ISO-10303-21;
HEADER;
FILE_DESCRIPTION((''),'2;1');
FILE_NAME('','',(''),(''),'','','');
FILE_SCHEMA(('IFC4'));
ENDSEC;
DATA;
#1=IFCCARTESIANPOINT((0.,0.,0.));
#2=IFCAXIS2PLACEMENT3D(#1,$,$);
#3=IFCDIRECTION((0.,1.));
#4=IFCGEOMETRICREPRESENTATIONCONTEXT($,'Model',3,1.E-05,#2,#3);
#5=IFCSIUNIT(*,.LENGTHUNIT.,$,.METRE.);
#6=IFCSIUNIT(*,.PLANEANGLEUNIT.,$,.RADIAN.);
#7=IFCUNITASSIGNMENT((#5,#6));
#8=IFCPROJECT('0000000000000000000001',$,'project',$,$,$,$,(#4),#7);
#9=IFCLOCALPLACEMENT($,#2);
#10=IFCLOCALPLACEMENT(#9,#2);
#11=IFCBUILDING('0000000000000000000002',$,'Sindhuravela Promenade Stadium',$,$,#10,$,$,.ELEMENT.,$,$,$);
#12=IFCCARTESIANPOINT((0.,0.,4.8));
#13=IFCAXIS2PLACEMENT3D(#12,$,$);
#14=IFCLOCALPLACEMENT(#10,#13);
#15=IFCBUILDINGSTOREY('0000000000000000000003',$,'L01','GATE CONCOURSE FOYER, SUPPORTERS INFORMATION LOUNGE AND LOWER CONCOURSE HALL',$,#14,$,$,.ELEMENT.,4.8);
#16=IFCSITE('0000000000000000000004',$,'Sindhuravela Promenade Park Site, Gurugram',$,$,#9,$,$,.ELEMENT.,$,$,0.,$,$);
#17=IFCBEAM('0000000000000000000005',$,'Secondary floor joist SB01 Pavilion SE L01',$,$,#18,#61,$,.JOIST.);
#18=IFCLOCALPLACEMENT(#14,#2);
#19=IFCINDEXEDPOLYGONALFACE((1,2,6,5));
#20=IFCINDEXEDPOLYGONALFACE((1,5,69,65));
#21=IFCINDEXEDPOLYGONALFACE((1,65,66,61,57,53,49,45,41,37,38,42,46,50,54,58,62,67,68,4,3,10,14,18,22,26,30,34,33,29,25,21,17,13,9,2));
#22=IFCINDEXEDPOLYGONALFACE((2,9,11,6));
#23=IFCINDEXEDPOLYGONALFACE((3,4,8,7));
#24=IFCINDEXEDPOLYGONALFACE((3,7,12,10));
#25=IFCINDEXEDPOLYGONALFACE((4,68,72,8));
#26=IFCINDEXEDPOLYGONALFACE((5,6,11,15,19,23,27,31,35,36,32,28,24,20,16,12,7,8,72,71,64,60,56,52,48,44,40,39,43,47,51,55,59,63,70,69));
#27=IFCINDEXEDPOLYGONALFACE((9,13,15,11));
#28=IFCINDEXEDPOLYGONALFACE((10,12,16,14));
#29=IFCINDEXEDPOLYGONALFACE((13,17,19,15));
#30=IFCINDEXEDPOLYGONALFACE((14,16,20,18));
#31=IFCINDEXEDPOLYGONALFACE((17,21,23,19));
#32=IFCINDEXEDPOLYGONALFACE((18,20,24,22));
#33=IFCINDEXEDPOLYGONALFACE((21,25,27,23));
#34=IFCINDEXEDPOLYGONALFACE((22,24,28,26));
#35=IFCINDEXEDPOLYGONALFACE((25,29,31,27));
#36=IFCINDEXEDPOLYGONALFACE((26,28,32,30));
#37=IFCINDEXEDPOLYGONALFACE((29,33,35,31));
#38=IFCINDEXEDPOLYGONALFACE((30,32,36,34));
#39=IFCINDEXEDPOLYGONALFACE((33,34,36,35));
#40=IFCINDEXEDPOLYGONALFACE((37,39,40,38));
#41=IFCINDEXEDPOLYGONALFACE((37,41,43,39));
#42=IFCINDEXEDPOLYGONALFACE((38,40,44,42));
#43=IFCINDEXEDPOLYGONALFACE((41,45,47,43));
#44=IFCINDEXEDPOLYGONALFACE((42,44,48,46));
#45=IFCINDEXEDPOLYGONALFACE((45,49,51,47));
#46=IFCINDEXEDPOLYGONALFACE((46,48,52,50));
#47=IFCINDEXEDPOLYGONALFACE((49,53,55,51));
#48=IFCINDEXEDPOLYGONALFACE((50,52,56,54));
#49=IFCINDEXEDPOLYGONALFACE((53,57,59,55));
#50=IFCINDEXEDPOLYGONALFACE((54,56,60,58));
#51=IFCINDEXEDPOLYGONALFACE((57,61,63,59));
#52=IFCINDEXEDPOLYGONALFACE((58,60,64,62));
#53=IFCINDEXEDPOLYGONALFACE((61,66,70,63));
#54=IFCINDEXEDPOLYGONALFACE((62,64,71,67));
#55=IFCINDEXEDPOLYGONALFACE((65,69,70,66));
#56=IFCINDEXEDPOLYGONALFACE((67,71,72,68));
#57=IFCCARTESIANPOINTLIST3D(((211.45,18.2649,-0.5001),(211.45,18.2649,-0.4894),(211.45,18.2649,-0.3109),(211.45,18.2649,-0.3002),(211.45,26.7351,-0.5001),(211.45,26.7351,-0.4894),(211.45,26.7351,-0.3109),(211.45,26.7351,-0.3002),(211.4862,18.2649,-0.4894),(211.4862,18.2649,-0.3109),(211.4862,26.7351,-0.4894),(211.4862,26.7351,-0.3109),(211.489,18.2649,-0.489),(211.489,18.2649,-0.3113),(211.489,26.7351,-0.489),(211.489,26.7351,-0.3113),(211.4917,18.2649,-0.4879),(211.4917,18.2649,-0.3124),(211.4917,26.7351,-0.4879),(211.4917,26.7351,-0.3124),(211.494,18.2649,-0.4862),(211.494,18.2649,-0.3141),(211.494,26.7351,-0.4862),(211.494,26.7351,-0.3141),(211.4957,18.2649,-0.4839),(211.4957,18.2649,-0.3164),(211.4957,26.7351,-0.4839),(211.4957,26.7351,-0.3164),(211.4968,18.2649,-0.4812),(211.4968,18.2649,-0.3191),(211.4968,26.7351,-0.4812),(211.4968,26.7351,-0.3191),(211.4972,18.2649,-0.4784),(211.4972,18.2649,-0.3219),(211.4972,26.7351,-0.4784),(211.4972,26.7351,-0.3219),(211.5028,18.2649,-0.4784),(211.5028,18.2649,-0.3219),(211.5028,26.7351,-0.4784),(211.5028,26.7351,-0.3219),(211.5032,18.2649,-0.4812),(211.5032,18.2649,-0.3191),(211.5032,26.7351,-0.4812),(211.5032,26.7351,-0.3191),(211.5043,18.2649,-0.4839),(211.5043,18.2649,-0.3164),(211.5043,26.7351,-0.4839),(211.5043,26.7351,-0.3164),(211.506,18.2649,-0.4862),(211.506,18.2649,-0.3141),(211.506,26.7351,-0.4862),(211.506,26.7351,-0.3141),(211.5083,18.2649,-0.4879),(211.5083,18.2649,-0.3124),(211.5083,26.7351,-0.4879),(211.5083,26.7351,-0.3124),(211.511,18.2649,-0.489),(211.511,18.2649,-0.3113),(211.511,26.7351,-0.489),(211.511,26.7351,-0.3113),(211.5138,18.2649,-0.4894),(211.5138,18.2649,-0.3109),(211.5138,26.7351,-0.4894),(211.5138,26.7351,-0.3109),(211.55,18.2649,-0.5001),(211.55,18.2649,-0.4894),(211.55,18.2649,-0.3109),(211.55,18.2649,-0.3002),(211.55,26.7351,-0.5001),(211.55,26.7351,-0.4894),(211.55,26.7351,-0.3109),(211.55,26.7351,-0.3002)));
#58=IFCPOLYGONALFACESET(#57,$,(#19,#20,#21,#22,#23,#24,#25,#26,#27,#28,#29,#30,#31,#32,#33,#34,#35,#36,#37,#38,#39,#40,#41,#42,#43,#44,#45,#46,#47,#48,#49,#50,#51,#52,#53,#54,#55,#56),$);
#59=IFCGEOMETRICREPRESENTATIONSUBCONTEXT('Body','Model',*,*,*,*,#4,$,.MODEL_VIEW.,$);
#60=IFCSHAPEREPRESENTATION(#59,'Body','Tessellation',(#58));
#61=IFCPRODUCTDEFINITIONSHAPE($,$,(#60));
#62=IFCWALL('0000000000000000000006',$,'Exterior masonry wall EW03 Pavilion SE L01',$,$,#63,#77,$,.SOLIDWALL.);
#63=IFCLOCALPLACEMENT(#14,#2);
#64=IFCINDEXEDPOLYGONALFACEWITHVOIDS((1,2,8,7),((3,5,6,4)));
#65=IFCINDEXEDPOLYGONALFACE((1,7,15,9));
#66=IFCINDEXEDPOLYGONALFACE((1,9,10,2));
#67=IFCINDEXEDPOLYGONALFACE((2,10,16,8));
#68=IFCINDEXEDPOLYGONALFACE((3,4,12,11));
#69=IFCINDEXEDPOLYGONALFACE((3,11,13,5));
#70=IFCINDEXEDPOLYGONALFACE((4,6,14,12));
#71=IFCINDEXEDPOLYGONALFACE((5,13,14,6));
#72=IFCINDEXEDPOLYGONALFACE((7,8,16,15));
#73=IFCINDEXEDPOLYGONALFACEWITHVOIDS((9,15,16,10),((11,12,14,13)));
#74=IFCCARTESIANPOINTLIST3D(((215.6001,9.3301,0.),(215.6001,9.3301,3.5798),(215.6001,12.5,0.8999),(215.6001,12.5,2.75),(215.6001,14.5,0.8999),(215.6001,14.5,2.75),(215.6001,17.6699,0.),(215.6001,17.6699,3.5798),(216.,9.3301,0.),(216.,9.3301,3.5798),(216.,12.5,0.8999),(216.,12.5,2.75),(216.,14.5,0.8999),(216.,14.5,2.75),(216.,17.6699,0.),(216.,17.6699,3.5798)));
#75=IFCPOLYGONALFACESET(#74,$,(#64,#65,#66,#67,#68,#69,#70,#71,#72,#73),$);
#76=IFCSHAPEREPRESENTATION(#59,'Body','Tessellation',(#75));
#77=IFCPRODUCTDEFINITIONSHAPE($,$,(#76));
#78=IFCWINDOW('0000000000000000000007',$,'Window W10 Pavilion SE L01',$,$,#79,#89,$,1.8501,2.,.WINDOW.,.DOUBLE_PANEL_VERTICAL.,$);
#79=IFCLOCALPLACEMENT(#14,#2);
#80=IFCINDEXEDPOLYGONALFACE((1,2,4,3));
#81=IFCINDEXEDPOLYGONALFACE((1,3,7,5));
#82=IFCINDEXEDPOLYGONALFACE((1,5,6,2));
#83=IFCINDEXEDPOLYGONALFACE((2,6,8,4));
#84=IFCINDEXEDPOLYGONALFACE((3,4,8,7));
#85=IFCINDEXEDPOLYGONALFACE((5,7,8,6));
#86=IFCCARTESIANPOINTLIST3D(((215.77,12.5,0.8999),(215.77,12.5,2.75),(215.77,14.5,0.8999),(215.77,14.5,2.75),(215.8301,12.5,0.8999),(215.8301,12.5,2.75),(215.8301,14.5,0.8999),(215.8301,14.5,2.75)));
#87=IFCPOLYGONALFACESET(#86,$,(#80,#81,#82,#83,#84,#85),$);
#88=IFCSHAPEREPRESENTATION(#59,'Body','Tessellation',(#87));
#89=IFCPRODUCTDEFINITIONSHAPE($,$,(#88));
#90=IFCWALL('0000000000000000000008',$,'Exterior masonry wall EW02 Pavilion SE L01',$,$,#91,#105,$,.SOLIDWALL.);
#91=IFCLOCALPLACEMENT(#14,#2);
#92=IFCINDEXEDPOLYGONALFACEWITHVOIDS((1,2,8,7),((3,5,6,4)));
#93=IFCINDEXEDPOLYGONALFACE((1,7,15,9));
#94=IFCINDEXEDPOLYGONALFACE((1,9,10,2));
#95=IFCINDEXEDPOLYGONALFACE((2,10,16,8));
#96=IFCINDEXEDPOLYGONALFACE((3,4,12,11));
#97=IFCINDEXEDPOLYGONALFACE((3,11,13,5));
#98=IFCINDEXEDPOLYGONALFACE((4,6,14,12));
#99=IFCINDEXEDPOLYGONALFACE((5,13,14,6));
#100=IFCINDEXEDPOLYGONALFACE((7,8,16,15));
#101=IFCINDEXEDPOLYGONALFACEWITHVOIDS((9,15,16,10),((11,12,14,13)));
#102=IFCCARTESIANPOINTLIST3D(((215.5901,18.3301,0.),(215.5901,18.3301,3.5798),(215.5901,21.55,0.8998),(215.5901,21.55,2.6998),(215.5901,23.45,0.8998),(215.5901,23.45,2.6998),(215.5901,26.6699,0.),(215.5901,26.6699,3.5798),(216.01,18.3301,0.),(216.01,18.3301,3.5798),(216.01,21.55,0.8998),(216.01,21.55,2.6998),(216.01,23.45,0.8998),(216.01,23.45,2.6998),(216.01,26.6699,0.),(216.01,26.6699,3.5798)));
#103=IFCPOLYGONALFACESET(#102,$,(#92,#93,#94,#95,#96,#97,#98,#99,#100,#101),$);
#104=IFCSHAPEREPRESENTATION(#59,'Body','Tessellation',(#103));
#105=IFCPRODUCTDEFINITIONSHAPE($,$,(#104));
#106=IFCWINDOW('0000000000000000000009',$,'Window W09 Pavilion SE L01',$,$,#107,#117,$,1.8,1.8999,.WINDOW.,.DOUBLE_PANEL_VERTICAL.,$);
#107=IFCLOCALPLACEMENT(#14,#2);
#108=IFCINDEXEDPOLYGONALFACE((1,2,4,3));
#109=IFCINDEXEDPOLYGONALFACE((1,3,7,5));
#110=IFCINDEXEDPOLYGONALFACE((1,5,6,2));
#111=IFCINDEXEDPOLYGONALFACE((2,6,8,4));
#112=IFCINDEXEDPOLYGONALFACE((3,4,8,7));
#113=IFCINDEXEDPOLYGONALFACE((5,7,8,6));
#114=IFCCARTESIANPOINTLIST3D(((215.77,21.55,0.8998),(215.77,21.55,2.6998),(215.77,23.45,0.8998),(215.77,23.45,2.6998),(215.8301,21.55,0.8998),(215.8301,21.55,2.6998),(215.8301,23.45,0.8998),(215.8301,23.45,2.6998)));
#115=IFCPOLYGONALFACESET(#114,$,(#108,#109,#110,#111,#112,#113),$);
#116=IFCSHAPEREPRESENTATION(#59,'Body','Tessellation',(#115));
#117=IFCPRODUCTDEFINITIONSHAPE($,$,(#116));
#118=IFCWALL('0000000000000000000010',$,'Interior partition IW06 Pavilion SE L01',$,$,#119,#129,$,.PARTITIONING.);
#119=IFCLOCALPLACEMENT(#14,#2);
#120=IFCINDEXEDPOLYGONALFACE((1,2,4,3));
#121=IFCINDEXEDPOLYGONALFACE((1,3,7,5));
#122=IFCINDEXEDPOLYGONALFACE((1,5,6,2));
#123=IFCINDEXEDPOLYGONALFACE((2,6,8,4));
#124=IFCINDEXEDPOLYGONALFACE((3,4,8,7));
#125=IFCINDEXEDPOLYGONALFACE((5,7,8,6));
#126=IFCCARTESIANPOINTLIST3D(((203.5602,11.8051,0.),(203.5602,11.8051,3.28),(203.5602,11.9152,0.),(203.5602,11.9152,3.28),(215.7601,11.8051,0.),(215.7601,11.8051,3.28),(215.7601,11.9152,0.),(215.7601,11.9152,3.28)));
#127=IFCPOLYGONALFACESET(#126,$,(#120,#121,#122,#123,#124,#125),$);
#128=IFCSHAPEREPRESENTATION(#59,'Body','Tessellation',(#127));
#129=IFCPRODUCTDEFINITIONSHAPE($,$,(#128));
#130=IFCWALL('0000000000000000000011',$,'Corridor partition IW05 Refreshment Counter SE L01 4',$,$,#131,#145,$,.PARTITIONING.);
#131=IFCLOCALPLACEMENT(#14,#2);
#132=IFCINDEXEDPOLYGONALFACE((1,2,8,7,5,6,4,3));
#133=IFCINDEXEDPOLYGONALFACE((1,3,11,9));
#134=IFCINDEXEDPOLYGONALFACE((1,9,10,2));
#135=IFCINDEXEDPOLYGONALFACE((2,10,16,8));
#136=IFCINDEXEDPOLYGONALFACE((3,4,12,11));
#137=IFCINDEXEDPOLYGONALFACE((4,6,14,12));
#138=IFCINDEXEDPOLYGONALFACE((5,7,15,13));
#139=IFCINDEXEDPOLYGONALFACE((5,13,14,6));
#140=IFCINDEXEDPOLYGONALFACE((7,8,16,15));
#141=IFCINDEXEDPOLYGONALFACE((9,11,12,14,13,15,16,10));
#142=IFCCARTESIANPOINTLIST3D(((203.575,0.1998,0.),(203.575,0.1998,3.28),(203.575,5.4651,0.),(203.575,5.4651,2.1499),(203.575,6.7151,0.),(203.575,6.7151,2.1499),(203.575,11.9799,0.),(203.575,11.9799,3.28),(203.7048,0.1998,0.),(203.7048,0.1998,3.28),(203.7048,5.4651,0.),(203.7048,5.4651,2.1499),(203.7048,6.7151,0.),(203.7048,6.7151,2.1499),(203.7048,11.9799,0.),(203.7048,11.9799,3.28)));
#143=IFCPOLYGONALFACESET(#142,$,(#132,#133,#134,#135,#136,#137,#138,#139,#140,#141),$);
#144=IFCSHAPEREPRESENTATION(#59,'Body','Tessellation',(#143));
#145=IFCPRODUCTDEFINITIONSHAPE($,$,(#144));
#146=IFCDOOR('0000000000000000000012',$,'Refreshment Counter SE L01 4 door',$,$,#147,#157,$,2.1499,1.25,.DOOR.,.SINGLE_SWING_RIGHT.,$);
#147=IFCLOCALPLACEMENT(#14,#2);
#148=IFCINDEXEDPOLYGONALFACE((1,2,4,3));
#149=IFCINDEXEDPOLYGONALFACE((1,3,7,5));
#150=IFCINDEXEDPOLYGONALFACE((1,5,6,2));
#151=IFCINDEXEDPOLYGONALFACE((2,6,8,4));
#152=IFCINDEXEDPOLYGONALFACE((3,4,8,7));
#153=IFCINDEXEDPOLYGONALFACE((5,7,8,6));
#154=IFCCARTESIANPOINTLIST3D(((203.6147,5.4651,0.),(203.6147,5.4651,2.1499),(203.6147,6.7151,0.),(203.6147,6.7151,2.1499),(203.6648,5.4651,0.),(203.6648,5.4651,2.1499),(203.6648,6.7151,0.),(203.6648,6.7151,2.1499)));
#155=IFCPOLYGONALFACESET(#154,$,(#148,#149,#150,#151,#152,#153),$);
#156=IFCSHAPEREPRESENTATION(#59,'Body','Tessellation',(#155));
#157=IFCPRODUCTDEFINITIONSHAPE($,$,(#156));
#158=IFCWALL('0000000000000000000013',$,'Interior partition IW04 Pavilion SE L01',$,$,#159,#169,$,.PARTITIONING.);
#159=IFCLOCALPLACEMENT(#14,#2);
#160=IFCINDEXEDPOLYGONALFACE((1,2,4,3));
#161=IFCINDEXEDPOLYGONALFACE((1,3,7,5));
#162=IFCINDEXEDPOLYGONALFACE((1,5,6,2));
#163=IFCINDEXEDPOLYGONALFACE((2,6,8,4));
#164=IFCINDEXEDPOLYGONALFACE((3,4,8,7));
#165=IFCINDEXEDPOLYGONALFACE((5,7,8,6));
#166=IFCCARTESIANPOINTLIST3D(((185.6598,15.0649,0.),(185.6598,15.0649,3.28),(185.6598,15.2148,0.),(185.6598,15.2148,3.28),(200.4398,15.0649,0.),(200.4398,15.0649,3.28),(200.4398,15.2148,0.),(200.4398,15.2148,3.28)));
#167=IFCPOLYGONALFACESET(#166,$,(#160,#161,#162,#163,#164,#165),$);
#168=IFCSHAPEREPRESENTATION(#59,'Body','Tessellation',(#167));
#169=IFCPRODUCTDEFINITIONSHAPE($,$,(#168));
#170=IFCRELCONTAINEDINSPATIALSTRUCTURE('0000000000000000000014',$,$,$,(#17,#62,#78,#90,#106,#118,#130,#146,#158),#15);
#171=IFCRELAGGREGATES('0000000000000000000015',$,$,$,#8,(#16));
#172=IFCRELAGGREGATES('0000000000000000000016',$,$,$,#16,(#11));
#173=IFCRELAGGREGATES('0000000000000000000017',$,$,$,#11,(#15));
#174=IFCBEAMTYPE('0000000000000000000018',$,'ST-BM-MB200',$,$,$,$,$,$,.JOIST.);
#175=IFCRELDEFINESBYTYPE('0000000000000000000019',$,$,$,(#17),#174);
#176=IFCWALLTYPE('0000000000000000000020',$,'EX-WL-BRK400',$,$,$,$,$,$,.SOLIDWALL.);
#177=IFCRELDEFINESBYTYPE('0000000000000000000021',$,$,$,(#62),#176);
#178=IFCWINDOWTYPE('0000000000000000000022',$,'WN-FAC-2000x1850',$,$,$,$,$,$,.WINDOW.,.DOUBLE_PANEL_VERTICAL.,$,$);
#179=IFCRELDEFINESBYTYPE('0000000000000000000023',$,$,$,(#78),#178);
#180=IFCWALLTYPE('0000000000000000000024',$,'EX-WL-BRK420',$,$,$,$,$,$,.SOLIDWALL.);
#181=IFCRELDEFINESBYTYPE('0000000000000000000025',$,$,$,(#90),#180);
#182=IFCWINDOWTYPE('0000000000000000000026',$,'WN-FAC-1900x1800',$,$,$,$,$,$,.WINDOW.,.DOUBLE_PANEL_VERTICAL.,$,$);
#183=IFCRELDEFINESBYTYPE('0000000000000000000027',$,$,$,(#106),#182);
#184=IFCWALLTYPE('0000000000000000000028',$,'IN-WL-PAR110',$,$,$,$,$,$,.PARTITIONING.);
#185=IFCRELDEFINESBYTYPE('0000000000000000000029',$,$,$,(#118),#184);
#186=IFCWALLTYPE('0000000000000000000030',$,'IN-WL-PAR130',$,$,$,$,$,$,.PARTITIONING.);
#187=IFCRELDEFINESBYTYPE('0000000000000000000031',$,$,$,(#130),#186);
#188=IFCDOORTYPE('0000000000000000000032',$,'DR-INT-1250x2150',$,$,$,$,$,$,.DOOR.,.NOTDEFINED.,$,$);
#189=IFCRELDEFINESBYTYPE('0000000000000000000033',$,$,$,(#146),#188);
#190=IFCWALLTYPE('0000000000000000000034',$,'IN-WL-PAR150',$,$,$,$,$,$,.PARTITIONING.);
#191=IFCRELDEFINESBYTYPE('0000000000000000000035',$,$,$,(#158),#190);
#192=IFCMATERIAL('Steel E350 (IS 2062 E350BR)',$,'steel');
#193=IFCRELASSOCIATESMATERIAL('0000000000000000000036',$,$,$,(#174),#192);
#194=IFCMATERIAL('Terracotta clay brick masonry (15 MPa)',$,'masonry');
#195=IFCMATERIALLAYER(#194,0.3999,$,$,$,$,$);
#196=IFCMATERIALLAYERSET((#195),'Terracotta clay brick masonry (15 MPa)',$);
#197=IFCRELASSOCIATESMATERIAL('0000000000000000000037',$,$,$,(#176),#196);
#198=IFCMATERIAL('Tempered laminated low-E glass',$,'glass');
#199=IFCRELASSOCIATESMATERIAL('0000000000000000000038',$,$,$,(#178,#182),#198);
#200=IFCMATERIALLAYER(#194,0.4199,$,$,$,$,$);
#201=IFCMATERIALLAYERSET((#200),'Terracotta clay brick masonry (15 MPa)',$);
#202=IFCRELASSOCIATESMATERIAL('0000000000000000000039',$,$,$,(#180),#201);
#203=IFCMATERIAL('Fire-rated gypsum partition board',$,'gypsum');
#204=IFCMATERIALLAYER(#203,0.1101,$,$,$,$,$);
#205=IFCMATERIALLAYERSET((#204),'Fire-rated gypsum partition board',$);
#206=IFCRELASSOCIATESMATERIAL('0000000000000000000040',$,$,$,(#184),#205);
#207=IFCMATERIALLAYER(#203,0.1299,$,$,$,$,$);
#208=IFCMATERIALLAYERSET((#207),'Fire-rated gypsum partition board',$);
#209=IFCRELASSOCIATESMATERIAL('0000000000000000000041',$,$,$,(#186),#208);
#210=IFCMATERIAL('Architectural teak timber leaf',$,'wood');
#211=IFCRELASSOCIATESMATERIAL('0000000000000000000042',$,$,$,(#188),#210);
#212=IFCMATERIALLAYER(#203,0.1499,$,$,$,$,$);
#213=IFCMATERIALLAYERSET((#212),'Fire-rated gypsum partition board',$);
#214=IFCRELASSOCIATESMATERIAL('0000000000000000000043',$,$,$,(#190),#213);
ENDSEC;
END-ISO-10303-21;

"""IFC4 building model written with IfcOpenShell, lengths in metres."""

from ifc_helpers import new_model, si_unit, direction, frame, frame_2d, origin, origin_2d, place, context, subcontext, project, spatial, rectangle, i_section, extrude, material, layer, layer_set, material_profile, profile_set, type_object, element, fill, save


model = new_model("IFC4")

# Units and contexts
model_context = context("Model", 3, precision=1e-05, world=origin(), true_north=direction((0.0, 1.0)))
body_context = subcontext(model_context, "Body", "Model", "MODEL_VIEW")
ifc_project = project(units=[si_unit("LENGTHUNIT", "METRE"), si_unit("PLANEANGLEUNIT", "RADIAN")], contexts=[model_context])

# Site, building, storey
site_placement = place(None, origin())
site = spatial("IfcSite", under=ifc_project, at=site_placement, Name="Sindhuravela Promenade Park Site, Gurugram", CompositionType="ELEMENT", RefElevation=0.0)
building_placement = place(site_placement, origin())
building = spatial("IfcBuilding", under=site, at=building_placement, Name="Sindhuravela Promenade Stadium", CompositionType="ELEMENT")
storey_placement = place(building_placement, frame((0.0, 0.0, 4.8)))
storey = spatial("IfcBuildingStorey", under=building, at=storey_placement, Name="L01", Description="GATE CONCOURSE FOYER, SUPPORTERS INFORMATION LOUNGE AND LOWER CONCOURSE HALL", CompositionType="ELEMENT", Elevation=4.8)

# Beam
ifc_material_1 = material(Name="Steel E350 (IS 2062 E350BR)", Category="steel")
ifc_material_profile_1 = material_profile(ifc_material_1, i_section(OverallWidth=0.1001, OverallDepth=0.2, WebThickness=0.0056, FlangeThickness=0.0107, FilletRadius=0.011, at=origin_2d()), Name="ISMB 200")
ifc_profile_set_1 = profile_set([ifc_material_profile_1], Name="Steel E350 (IS 2062 E350BR)")
beam_type_1 = type_object("IfcBeamType", Name="ST-BM-MB200", PredefinedType="JOIST", material=ifc_profile_set_1)
beam_1_placement = place(storey_placement, frame((211.5, 18.2649, -0.4001), z_axis=(0.0, 1.0, 0.0), x_axis=(-1.0, 0.0, 0.0)))
element("IfcBeam", 1, at=beam_1_placement, inside=storey, type_object=beam_type_1, Name="Secondary floor joist SB01 Pavilion SE L01", PredefinedType="JOIST", context=body_context, shape_type="SweptSolid", body=[
    extrude(i_section(OverallWidth=0.1001, OverallDepth=0.2, WebThickness=0.0056, FlangeThickness=0.0107, FilletRadius=0.011, at=origin_2d()), origin(), (0.0, 0.0, 1.0), 8.4702),
])

# Walls, openings, windows
ifc_material_2 = material(Name="Terracotta clay brick masonry (15 MPa)", Category="masonry")
ifc_layer_1 = layer(ifc_material_2, 0.3999)
ifc_layer_set_1 = layer_set([ifc_layer_1], Name="Terracotta clay brick masonry (15 MPa)")
wall_type_1 = type_object("IfcWallType", Name="EX-WL-BRK400", PredefinedType="SOLIDWALL", material=ifc_layer_set_1)
wall_1_placement = place(storey_placement, frame((215.8, 17.6699, 0.0), z_axis=(0.0, 0.0, 1.0), x_axis=(0.0, -1.0, 0.0)))
wall_1 = element("IfcWall", 2, at=wall_1_placement, inside=storey, type_object=wall_type_1, Name="Exterior masonry wall EW03 Pavilion SE L01", PredefinedType="SOLIDWALL", context=body_context, shape_type="SweptSolid", body=[
    extrude(rectangle(XDim=8.3398, YDim=0.3999, at=frame_2d((4.1699, 0.0))), origin(), (0.0, 0.0, 1.0), 3.5798),
])
opening_1_placement = place(wall_1_placement, frame((3.1699, 0.0, 0.8999)))
opening_1 = element("IfcOpeningElement", 3, at=opening_1_placement, cuts=wall_1, PredefinedType="OPENING", context=body_context, shape_type="SweptSolid", body=[
    extrude(rectangle(XDim=2.0, YDim=1.8501, at=frame_2d((1.0, 0.925))), frame((0.0, 0.21, 0.0), z_axis=(0.0, -1.0, 0.0), x_axis=(1.0, 0.0, 0.0)), (0.0, 0.0, 1.0), 0.4199),
])
ifc_material_3 = material(Name="Tempered laminated low-E glass", Category="glass")
window_type_1 = type_object("IfcWindowType", Name="WN-FAC-2000x1850", PartitioningType="DOUBLE_PANEL_VERTICAL", PredefinedType="WINDOW", material=ifc_material_3)
window_1_placement = place(opening_1_placement, origin())
window_1 = element("IfcWindow", 4, at=window_1_placement, inside=storey, type_object=window_type_1, Name="Window W10 Pavilion SE L01", OverallHeight=1.8501, OverallWidth=2.0, PartitioningType="DOUBLE_PANEL_VERTICAL", PredefinedType="WINDOW", context=body_context, shape_type="SweptSolid", body=[
    extrude(rectangle(XDim=2.0, YDim=1.8501, at=frame_2d((1.0, 0.925))), frame((0.0, 0.03, 0.0), z_axis=(0.0, -1.0, 0.0), x_axis=(1.0, 0.0, 0.0)), (0.0, 0.0, 1.0), 0.0601),
])
fill(opening_1, window_1)
ifc_layer_2 = layer(ifc_material_2, 0.4199)
ifc_layer_set_2 = layer_set([ifc_layer_2], Name="Terracotta clay brick masonry (15 MPa)")
wall_type_2 = type_object("IfcWallType", Name="EX-WL-BRK420", PredefinedType="SOLIDWALL", material=ifc_layer_set_2)
wall_2_placement = place(storey_placement, frame((215.8, 26.6699, 0.0), z_axis=(0.0, 0.0, 1.0), x_axis=(0.0, -1.0, 0.0)))
wall_2 = element("IfcWall", 5, at=wall_2_placement, inside=storey, type_object=wall_type_2, Name="Exterior masonry wall EW02 Pavilion SE L01", PredefinedType="SOLIDWALL", context=body_context, shape_type="SweptSolid", body=[
    extrude(rectangle(XDim=8.3398, YDim=0.4199, at=frame_2d((4.1699, 0.0))), origin(), (0.0, 0.0, 1.0), 3.5798),
])
opening_2_placement = place(wall_2_placement, frame((3.22, 0.0, 0.8999)))
opening_2 = element("IfcOpeningElement", 6, at=opening_2_placement, cuts=wall_2, PredefinedType="OPENING", context=body_context, shape_type="SweptSolid", body=[
    extrude(rectangle(XDim=1.8999, YDim=1.8, at=frame_2d((0.95, 0.8999))), frame((0.0, 0.22, 0.0), z_axis=(0.0, -1.0, 0.0), x_axis=(1.0, 0.0, 0.0)), (0.0, 0.0, 1.0), 0.4399),
])
window_type_2 = type_object("IfcWindowType", Name="WN-FAC-1900x1800", PartitioningType="DOUBLE_PANEL_VERTICAL", PredefinedType="WINDOW", material=ifc_material_3)
window_2_placement = place(opening_2_placement, origin())
window_2 = element("IfcWindow", 7, at=window_2_placement, inside=storey, type_object=window_type_2, Name="Window W09 Pavilion SE L01", OverallHeight=1.8, OverallWidth=1.8999, PartitioningType="DOUBLE_PANEL_VERTICAL", PredefinedType="WINDOW", context=body_context, shape_type="SweptSolid", body=[
    extrude(rectangle(XDim=1.8999, YDim=1.8, at=frame_2d((0.95, 0.8999))), frame((0.0, 0.03, 0.0), z_axis=(0.0, -1.0, 0.0), x_axis=(1.0, 0.0, 0.0)), (0.0, 0.0, 1.0), 0.0601),
])
fill(opening_2, window_2)

# Wall
ifc_material_4 = material(Name="Fire-rated gypsum partition board", Category="gypsum")
ifc_layer_3 = layer(ifc_material_4, 0.1101)
ifc_layer_set_3 = layer_set([ifc_layer_3], Name="Fire-rated gypsum partition board")
wall_type_3 = type_object("IfcWallType", Name="IN-WL-PAR110", PredefinedType="PARTITIONING", material=ifc_layer_set_3)
wall_3_placement = place(storey_placement, frame((203.5601, 11.8601, 0.0), z_axis=(0.0, 0.0, 1.0), x_axis=(1.0, 0.0, 0.0)))
element("IfcWall", 8, at=wall_3_placement, inside=storey, type_object=wall_type_3, Name="Interior partition IW06 Pavilion SE L01", PredefinedType="PARTITIONING", context=body_context, shape_type="SweptSolid", body=[
    extrude(rectangle(XDim=12.2, YDim=0.1101, at=frame_2d((6.1001, 0.0))), origin(), (0.0, 0.0, 1.0), 3.28),
])

# Wall, opening, door
ifc_layer_4 = layer(ifc_material_4, 0.1299)
ifc_layer_set_4 = layer_set([ifc_layer_4], Name="Fire-rated gypsum partition board")
wall_type_4 = type_object("IfcWallType", Name="IN-WL-PAR130", PredefinedType="PARTITIONING", material=ifc_layer_set_4)
wall_4_placement = place(storey_placement, frame((203.6399, 11.98, 0.0), z_axis=(0.0, 0.0, 1.0), x_axis=(0.0, -1.0, 0.0)))
wall_4 = element("IfcWall", 9, at=wall_4_placement, inside=storey, type_object=wall_type_4, Name="Corridor partition IW05 Refreshment Counter SE L01 4", PredefinedType="PARTITIONING", context=body_context, shape_type="SweptSolid", body=[
    extrude(rectangle(XDim=11.78, YDim=0.1299, at=frame_2d((5.8901, 0.0))), origin(), (0.0, 0.0, 1.0), 3.28),
])
opening_3_placement = place(wall_4_placement, frame((5.2649, 0.0, 0.0)))
opening_3 = element("IfcOpeningElement", 10, at=opening_3_placement, cuts=wall_4, PredefinedType="OPENING", context=body_context, shape_type="SweptSolid", body=[
    extrude(rectangle(XDim=1.25, YDim=2.1499, at=frame_2d((0.625, 1.075))), frame((0.0, 0.075, 0.0), z_axis=(0.0, -1.0, 0.0), x_axis=(1.0, 0.0, 0.0)), (0.0, 0.0, 1.0), 0.1499),
])
ifc_material_5 = material(Name="Architectural teak timber leaf", Category="wood")
door_type_1 = type_object("IfcDoorType", Name="DR-INT-1250x2150", OperationType="NOTDEFINED", PredefinedType="DOOR", material=ifc_material_5)
door_1_placement = place(opening_3_placement, origin())
door_1 = element("IfcDoor", 11, at=door_1_placement, inside=storey, type_object=door_type_1, Name="Refreshment Counter SE L01 4 door", OperationType="SINGLE_SWING_RIGHT", OverallHeight=2.1499, OverallWidth=1.25, PredefinedType="DOOR", context=body_context, shape_type="SweptSolid", body=[
    extrude(rectangle(XDim=1.25, YDim=2.1499, at=frame_2d((0.625, 1.075))), frame((0.0, 0.0249, 0.0), z_axis=(0.0, -1.0, 0.0), x_axis=(1.0, 0.0, 0.0)), (0.0, 0.0, 1.0), 0.05),
])
fill(opening_3, door_1)

# Wall
ifc_layer_5 = layer(ifc_material_4, 0.1499)
ifc_layer_set_5 = layer_set([ifc_layer_5], Name="Fire-rated gypsum partition board")
wall_type_5 = type_object("IfcWallType", Name="IN-WL-PAR150", PredefinedType="PARTITIONING", material=ifc_layer_set_5)
wall_5_placement = place(storey_placement, frame((200.4399, 15.1399, 0.0), z_axis=(0.0, 0.0, 1.0), x_axis=(-1.0, 0.0, 0.0)))
element("IfcWall", 12, at=wall_5_placement, inside=storey, type_object=wall_type_5, Name="Interior partition IW04 Pavilion SE L01", PredefinedType="PARTITIONING", context=body_context, shape_type="SweptSolid", body=[
    extrude(rectangle(XDim=14.78, YDim=0.1499, at=frame_2d((7.3901, 0.0))), origin(), (0.0, 0.0, 1.0), 3.28),
])

save(model, "model.ifc")
